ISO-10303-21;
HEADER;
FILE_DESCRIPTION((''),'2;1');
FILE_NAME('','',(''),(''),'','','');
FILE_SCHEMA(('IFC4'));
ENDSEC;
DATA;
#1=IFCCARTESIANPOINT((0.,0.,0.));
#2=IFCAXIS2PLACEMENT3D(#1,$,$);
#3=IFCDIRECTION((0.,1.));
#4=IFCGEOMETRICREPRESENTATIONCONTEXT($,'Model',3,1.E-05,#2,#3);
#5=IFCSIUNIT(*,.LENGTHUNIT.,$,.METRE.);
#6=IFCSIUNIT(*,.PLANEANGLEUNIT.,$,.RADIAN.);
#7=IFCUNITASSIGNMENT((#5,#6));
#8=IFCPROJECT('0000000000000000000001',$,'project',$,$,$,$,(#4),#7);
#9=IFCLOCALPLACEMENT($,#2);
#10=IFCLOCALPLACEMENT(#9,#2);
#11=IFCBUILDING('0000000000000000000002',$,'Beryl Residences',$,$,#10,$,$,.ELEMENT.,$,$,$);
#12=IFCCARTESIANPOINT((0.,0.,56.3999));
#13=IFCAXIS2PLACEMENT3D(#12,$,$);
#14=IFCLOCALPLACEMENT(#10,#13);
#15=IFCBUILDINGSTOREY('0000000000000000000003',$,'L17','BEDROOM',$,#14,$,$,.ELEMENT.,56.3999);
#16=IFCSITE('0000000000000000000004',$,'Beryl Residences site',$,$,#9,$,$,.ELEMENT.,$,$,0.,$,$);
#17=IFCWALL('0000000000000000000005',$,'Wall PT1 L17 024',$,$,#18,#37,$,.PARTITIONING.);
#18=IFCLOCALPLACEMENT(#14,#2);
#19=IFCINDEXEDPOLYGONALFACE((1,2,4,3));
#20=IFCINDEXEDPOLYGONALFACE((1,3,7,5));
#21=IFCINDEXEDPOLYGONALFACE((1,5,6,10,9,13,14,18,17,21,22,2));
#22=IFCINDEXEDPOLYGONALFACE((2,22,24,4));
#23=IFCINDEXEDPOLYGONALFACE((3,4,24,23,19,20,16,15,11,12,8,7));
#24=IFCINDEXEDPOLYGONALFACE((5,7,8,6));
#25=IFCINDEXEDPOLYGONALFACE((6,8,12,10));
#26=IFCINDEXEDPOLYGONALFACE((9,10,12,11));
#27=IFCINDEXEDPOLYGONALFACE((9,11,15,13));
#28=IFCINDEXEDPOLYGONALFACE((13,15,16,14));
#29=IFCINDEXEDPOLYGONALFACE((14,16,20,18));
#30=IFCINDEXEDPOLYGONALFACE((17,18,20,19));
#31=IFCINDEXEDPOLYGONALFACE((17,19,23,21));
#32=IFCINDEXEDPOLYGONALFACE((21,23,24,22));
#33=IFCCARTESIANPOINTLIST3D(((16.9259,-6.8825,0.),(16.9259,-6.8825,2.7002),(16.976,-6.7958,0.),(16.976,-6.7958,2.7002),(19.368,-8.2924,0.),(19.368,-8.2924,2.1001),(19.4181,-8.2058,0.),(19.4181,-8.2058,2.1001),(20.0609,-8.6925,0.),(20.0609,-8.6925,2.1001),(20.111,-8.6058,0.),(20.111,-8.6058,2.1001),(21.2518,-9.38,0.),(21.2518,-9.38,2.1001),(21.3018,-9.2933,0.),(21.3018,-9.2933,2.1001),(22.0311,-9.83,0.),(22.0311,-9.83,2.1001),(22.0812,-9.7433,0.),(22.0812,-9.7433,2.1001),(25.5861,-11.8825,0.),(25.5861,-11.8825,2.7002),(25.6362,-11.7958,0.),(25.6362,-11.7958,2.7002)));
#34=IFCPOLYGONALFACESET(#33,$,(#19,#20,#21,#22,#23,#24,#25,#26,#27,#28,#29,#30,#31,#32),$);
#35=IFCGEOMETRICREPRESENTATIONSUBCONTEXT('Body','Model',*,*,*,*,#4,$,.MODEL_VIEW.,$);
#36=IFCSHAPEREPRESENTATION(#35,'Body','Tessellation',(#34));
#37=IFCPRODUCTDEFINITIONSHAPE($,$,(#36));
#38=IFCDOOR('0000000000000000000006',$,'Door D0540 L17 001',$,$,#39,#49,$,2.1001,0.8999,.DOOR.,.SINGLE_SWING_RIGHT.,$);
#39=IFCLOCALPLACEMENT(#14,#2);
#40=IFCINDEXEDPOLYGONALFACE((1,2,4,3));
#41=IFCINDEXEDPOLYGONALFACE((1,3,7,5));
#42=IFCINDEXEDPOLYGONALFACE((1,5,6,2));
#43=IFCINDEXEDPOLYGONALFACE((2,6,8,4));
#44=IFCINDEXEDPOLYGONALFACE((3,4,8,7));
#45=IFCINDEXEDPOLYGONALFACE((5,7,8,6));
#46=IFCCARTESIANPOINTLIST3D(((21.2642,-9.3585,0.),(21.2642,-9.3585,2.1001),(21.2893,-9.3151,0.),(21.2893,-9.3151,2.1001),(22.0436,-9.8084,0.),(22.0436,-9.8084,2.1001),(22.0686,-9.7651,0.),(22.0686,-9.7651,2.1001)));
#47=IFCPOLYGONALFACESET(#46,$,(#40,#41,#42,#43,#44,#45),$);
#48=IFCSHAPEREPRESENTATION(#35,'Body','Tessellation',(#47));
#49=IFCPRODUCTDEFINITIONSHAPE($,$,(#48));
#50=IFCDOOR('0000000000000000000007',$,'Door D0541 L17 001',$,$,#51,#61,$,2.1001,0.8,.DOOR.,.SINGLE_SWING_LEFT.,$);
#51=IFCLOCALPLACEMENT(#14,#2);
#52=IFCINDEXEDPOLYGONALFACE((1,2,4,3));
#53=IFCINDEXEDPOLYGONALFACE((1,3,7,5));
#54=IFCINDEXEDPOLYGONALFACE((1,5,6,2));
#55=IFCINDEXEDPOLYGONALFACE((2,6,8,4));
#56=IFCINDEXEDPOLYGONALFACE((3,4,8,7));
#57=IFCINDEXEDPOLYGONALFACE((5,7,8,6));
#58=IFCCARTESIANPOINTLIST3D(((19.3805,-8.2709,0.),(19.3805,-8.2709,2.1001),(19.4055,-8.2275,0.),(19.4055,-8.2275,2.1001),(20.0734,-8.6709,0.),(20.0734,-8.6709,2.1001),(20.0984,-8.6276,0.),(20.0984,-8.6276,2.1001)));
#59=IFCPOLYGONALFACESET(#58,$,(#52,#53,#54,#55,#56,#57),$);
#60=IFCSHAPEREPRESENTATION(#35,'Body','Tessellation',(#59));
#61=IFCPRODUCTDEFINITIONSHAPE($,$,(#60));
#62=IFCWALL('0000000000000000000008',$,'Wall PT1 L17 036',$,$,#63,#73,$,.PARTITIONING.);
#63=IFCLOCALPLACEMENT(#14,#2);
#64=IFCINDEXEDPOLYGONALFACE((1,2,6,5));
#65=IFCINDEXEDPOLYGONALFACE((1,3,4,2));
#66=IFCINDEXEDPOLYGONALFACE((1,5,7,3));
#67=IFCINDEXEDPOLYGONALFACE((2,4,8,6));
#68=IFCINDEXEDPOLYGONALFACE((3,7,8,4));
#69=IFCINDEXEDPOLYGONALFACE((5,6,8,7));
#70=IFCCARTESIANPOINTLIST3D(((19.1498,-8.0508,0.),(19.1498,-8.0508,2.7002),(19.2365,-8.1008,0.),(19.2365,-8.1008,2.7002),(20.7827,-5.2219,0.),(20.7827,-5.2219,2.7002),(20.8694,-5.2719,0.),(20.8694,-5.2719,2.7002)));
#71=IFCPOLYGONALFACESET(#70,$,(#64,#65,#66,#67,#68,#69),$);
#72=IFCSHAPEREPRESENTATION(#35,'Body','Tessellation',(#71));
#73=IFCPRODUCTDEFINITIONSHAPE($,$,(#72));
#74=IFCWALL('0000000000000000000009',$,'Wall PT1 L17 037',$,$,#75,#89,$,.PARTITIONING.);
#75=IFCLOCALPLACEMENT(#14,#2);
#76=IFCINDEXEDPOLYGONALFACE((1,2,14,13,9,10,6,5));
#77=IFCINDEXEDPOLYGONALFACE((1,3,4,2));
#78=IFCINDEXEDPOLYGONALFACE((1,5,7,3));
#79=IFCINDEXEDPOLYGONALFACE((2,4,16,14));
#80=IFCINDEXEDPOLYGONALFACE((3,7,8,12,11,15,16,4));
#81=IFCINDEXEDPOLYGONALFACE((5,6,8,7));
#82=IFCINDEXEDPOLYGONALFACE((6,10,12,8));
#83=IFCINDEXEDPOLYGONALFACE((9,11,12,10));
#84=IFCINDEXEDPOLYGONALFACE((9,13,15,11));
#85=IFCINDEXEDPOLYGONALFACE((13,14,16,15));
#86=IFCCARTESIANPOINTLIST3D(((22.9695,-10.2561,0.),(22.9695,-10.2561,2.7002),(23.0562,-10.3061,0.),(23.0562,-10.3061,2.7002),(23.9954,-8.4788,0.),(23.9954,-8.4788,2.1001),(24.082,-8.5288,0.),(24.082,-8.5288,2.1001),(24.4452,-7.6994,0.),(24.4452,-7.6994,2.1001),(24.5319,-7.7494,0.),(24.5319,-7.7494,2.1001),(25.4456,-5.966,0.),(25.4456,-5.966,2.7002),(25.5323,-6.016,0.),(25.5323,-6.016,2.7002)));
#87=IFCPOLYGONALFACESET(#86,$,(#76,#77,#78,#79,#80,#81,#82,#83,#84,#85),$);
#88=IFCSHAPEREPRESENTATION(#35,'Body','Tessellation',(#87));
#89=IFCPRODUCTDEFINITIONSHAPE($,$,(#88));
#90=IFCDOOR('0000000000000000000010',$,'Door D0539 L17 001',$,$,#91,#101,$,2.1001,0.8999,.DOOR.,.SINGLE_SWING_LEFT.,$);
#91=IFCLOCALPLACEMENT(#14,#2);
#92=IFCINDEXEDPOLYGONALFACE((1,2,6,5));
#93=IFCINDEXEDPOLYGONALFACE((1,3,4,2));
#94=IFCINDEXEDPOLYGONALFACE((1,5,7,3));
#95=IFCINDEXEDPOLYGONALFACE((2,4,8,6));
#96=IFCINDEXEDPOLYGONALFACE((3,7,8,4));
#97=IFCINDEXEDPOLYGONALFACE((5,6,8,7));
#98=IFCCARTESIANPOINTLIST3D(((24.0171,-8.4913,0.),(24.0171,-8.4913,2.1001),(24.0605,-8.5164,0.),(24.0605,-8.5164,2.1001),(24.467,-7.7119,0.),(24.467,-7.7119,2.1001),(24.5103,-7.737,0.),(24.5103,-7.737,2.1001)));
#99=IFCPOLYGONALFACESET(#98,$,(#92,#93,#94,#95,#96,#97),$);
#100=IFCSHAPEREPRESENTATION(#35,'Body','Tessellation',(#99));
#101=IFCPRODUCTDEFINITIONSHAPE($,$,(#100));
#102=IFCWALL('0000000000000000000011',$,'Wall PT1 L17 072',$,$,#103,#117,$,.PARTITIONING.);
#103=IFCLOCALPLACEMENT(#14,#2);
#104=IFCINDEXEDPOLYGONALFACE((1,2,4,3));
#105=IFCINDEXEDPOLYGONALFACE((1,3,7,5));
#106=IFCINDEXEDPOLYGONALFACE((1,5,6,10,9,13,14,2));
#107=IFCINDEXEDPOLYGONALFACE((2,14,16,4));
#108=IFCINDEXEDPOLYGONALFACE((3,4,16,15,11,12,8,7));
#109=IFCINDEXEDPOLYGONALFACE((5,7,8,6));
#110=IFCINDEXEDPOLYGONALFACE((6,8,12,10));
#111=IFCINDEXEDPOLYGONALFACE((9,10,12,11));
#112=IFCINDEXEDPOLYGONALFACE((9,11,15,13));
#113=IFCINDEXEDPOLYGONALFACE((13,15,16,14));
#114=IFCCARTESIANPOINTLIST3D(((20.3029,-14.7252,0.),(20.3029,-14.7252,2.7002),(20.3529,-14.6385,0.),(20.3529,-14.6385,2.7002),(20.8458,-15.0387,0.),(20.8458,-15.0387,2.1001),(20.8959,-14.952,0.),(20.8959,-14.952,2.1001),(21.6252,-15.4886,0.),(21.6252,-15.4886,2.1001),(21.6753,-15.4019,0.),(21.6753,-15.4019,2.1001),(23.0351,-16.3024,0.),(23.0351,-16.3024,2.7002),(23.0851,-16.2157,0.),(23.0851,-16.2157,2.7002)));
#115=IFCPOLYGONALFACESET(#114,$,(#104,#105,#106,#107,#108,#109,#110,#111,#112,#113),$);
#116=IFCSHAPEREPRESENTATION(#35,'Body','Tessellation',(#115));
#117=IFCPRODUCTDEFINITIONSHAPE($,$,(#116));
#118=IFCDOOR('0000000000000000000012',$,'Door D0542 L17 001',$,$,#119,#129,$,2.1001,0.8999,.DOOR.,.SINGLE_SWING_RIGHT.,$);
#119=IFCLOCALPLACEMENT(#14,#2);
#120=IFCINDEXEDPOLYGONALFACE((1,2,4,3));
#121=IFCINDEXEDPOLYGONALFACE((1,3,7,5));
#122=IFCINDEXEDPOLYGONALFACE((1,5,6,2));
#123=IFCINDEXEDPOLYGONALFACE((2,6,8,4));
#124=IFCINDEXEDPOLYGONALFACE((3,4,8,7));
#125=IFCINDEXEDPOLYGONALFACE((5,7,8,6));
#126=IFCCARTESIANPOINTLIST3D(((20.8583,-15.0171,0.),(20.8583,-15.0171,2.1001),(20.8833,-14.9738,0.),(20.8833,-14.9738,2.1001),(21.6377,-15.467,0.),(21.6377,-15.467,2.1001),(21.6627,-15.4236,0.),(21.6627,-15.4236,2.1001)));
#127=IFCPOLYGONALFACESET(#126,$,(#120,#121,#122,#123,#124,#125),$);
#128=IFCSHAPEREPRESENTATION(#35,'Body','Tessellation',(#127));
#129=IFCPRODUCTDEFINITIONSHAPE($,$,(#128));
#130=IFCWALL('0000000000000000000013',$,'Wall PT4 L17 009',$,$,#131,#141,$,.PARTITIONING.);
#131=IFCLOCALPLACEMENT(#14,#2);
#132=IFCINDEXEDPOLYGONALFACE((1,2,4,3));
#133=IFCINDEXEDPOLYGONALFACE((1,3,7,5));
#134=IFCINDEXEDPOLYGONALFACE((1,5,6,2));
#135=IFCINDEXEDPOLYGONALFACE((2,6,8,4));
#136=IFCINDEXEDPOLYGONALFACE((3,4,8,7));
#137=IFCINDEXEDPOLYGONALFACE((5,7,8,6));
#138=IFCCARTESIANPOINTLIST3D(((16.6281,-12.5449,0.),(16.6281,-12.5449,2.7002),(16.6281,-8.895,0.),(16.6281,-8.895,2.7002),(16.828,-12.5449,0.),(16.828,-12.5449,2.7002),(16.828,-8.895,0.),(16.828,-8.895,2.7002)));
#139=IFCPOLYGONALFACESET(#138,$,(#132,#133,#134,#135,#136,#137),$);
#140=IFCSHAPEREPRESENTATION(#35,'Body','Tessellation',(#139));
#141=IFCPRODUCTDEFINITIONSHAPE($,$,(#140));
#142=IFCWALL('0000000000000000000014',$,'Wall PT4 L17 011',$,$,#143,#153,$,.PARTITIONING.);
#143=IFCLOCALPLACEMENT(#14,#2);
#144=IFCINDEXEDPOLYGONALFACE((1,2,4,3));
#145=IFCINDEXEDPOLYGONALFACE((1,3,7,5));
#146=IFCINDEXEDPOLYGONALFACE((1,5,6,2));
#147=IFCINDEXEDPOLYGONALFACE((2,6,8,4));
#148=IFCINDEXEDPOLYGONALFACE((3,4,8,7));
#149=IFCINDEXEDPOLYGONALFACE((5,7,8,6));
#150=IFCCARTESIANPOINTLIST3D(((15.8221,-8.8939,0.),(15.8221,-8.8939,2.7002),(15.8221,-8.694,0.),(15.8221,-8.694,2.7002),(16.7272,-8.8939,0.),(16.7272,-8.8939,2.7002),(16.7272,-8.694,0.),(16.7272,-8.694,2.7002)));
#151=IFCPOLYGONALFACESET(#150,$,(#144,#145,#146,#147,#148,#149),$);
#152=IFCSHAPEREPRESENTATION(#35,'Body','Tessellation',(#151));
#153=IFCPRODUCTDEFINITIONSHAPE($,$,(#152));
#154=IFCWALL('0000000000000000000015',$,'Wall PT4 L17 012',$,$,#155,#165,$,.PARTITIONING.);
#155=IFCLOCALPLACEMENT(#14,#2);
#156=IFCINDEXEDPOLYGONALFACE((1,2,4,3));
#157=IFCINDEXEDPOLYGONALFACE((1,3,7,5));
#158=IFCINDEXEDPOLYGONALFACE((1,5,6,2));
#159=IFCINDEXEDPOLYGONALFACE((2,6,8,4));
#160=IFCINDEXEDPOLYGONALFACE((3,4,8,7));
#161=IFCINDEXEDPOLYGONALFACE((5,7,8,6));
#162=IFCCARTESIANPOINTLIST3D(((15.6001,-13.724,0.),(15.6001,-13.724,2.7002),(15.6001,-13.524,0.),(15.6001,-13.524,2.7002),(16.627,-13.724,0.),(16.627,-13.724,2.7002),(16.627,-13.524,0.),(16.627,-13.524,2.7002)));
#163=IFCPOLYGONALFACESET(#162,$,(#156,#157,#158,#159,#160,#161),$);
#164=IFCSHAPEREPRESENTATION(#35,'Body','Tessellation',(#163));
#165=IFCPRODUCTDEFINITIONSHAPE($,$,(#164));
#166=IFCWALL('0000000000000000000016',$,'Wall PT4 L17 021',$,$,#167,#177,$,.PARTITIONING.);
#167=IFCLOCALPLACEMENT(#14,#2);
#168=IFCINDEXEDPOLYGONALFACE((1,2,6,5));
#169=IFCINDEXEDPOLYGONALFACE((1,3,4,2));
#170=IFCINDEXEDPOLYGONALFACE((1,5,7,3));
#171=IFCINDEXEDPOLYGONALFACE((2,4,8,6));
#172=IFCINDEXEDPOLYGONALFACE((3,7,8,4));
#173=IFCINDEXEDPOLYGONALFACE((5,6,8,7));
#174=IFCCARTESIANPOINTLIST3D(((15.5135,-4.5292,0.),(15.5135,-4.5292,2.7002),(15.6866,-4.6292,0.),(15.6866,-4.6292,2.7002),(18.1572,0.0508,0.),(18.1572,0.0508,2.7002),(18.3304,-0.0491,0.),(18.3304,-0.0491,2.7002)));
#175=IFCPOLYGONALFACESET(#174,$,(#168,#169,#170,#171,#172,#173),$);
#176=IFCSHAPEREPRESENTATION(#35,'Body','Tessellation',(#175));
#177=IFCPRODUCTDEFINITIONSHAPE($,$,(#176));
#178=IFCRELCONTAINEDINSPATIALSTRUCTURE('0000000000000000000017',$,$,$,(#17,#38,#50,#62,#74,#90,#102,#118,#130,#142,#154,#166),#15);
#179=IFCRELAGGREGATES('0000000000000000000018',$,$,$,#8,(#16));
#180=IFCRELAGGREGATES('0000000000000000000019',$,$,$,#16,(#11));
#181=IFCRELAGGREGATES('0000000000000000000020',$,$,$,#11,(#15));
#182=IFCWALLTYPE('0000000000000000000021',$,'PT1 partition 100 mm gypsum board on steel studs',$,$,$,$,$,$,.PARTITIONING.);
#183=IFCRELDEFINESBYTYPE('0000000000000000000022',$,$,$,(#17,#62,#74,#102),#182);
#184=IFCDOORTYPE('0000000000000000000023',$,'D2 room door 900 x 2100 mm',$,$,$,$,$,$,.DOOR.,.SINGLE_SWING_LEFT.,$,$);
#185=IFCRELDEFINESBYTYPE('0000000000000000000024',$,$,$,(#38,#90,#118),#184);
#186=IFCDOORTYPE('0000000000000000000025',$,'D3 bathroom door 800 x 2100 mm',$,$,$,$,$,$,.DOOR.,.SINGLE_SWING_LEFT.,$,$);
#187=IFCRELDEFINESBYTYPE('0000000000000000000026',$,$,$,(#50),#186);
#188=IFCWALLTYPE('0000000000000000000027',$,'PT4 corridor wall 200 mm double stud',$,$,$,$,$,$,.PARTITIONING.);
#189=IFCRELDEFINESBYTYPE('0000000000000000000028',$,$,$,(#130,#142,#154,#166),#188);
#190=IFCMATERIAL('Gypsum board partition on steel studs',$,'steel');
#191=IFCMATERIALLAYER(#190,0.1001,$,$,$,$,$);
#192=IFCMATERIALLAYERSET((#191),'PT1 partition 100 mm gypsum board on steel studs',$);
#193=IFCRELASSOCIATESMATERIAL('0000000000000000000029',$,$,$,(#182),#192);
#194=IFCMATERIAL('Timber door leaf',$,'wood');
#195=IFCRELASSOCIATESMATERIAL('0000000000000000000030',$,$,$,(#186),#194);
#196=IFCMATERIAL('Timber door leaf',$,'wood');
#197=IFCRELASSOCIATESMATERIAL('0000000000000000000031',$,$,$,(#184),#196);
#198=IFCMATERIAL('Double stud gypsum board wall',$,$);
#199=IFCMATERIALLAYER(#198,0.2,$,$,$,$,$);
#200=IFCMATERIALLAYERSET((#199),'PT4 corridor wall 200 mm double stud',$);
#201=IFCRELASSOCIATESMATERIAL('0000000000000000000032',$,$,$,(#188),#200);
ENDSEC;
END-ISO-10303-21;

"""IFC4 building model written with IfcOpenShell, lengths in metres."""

from ifc_helpers import new_model, si_unit, direction, frame, frame_2d, origin, place, context, subcontext, project, spatial, rectangle, extrude, material, layer, layer_set, type_object, element, fill, save


model = new_model("IFC4")

# Units and contexts
model_context = context("Model", 3, precision=1e-05, world=origin(), true_north=direction((0.0, 1.0)))
body_context = subcontext(model_context, "Body", "Model", "MODEL_VIEW")
ifc_project = project(units=[si_unit("LENGTHUNIT", "METRE"), si_unit("PLANEANGLEUNIT", "RADIAN")], contexts=[model_context])

# Site, building, storey
site_placement = place(None, origin())
site = spatial("IfcSite", under=ifc_project, at=site_placement, Name="Beryl Residences site", CompositionType="ELEMENT", RefElevation=0.0)
building_placement = place(site_placement, origin())
building = spatial("IfcBuilding", under=site, at=building_placement, Name="Beryl Residences", CompositionType="ELEMENT")
storey_placement = place(building_placement, frame((0.0, 0.0, 56.3999)))
storey = spatial("IfcBuildingStorey", under=building, at=storey_placement, Name="L17", Description="BEDROOM", CompositionType="ELEMENT", Elevation=56.3999)

# Shared definitions
ifc_material_1 = material(Name="Gypsum board partition on steel studs", Category="steel")
ifc_layer_1 = layer(ifc_material_1, 0.1001)
ifc_layer_set_1 = layer_set([ifc_layer_1], Name="PT1 partition 100 mm gypsum board on steel studs")
wall_type_1 = type_object("IfcWallType", Name="PT1 partition 100 mm gypsum board on steel studs", PredefinedType="PARTITIONING", material=ifc_layer_set_1)

# Shared definitions
ifc_material_2 = material(Name="Timber door leaf", Category="wood")
door_type_1 = type_object("IfcDoorType", Name="D3 bathroom door 800 x 2100 mm", OperationType="SINGLE_SWING_LEFT", PredefinedType="DOOR", material=ifc_material_2)

# Wall, openings, doors
wall_1_placement = place(storey_placement, frame((16.9509, -6.8391, 0.0), z_axis=(0.0, 0.0, 1.0), x_axis=(0.866023, -0.500004, 0.0)))
wall_1 = element("IfcWall", 1, at=wall_1_placement, inside=storey, type_object=wall_type_1, Name="Wall PT1 L17 024", PredefinedType="PARTITIONING", context=body_context, shape_type="SweptSolid", body=[
    extrude(rectangle(XDim=10.0, YDim=0.1001, at=frame_2d((5.0, 0.0))), origin(), (0.0, 0.0, 1.0), 2.7002),
])
opening_1_placement = place(wall_1_placement, frame((4.9951, 0.0, 0.0)))
opening_1 = element("IfcOpeningElement", 2, at=opening_1_placement, cuts=wall_1, PredefinedType="OPENING", context=body_context, shape_type="SweptSolid", body=[
    extrude(rectangle(XDim=0.8999, YDim=2.1001, at=frame_2d((0.45, 1.05))), frame((0.0, 0.0601, 0.0), z_axis=(0.0, -1.0, 0.0), x_axis=(1.0, 0.0, 0.0)), (0.0, 0.0, 1.0), 0.1201),
])
opening_2_placement = place(wall_1_placement, frame((2.8201, 0.0, 0.0)))
opening_2 = element("IfcOpeningElement", 3, at=opening_2_placement, cuts=wall_1, PredefinedType="OPENING", context=body_context, shape_type="SweptSolid", body=[
    extrude(rectangle(XDim=0.8, YDim=2.1001, at=frame_2d((0.3999, 1.05))), frame((0.0, 0.0601, 0.0), z_axis=(0.0, -1.0, 0.0), x_axis=(1.0, 0.0, 0.0)), (0.0, 0.0, 1.0), 0.1201),
])
ifc_material_3 = material(Name="Timber door leaf", Category="wood")
door_type_2 = type_object("IfcDoorType", Name="D2 room door 900 x 2100 mm", OperationType="SINGLE_SWING_LEFT", PredefinedType="DOOR", material=ifc_material_3)
door_1_placement = place(opening_1_placement, origin())
door_1 = element("IfcDoor", 4, at=door_1_placement, inside=storey, type_object=door_type_2, Name="Door D0540 L17 001", OperationType="SINGLE_SWING_RIGHT", OverallHeight=2.1001, OverallWidth=0.8999, PredefinedType="DOOR", context=body_context, shape_type="SweptSolid", body=[
    extrude(rectangle(XDim=0.8999, YDim=2.1001, at=frame_2d((0.45, 1.05))), frame((0.0, 0.0249, 0.0), z_axis=(0.0, -1.0, 0.0), x_axis=(1.0, 0.0, 0.0)), (0.0, 0.0, 1.0), 0.05),
])
fill(opening_1, door_1)
door_2_placement = place(opening_2_placement, origin())
door_2 = element("IfcDoor", 5, at=door_2_placement, inside=storey, type_object=door_type_1, Name="Door D0541 L17 001", OperationType="SINGLE_SWING_LEFT", OverallHeight=2.1001, OverallWidth=0.8, PredefinedType="DOOR", context=body_context, shape_type="SweptSolid", body=[
    extrude(rectangle(XDim=0.8, YDim=2.1001, at=frame_2d((0.3999, 1.05))), frame((0.0, 0.0249, 0.0), z_axis=(0.0, -1.0, 0.0), x_axis=(1.0, 0.0, 0.0)), (0.0, 0.0, 1.0), 0.05),
])
fill(opening_2, door_2)

# Wall
wall_2_placement = place(storey_placement, frame((19.1931, -8.0759, 0.0), z_axis=(0.0, 0.0, 1.0), x_axis=(0.499901, 0.866082, 0.0)))
element("IfcWall", 6, at=wall_2_placement, inside=storey, type_object=wall_type_1, Name="Wall PT1 L17 036", PredefinedType="PARTITIONING", context=body_context, shape_type="SweptSolid", body=[
    extrude(rectangle(XDim=3.2664, YDim=0.1001, at=frame_2d((1.6333, 0.0))), origin(), (0.0, 0.0, 1.0), 2.7002),
])

# Walls, openings, doors
wall_3_placement = place(storey_placement, frame((23.0129, -10.281, 0.0), z_axis=(0.0, 0.0, 1.0), x_axis=(0.499882, 0.866094, 0.0)))
wall_3 = element("IfcWall", 7, at=wall_3_placement, inside=storey, type_object=wall_type_1, Name="Wall PT1 L17 037", PredefinedType="PARTITIONING", context=body_context, shape_type="SweptSolid", body=[
    extrude(rectangle(XDim=4.9534, YDim=0.1001, at=frame_2d((2.4766, 0.0))), origin(), (0.0, 0.0, 1.0), 2.7002),
])
opening_3_placement = place(wall_3_placement, frame((2.052, 0.0, 0.0)))
opening_3 = element("IfcOpeningElement", 8, at=opening_3_placement, cuts=wall_3, PredefinedType="OPENING", context=body_context, shape_type="SweptSolid", body=[
    extrude(rectangle(XDim=0.8999, YDim=2.1001, at=frame_2d((0.45, 1.05))), frame((0.0, 0.0601, 0.0), z_axis=(0.0, -1.0, 0.0), x_axis=(1.0, 0.0, 0.0)), (0.0, 0.0, 1.0), 0.1201),
])
door_3_placement = place(opening_3_placement, origin())
door_3 = element("IfcDoor", 9, at=door_3_placement, inside=storey, type_object=door_type_2, Name="Door D0539 L17 001", OperationType="SINGLE_SWING_LEFT", OverallHeight=2.1001, OverallWidth=0.8999, PredefinedType="DOOR", context=body_context, shape_type="SweptSolid", body=[
    extrude(rectangle(XDim=0.8999, YDim=2.1001, at=frame_2d((0.45, 1.05))), frame((0.0, 0.0249, 0.0), z_axis=(0.0, -1.0, 0.0), x_axis=(1.0, 0.0, 0.0)), (0.0, 0.0, 1.0), 0.05),
])
fill(opening_3, door_3)
wall_4_placement = place(storey_placement, frame((20.3279, -14.6819, 0.0), z_axis=(0.0, 0.0, 1.0), x_axis=(0.866063, -0.499935, 0.0)))
wall_4 = element("IfcWall", 10, at=wall_4_placement, inside=storey, type_object=wall_type_1, Name="Wall PT1 L17 072", PredefinedType="PARTITIONING", context=body_context, shape_type="SweptSolid", body=[
    extrude(rectangle(XDim=3.1548, YDim=0.1001, at=frame_2d((1.5774, 0.0))), origin(), (0.0, 0.0, 1.0), 2.7002),
])
opening_4_placement = place(wall_4_placement, frame((0.627, 0.0, 0.0)))
opening_4 = element("IfcOpeningElement", 11, at=opening_4_placement, cuts=wall_4, PredefinedType="OPENING", context=body_context, shape_type="SweptSolid", body=[
    extrude(rectangle(XDim=0.8999, YDim=2.1001, at=frame_2d((0.45, 1.05))), frame((0.0, 0.0601, 0.0), z_axis=(0.0, -1.0, 0.0), x_axis=(1.0, 0.0, 0.0)), (0.0, 0.0, 1.0), 0.1201),
])
door_4_placement = place(opening_4_placement, origin())
door_4 = element("IfcDoor", 12, at=door_4_placement, inside=storey, type_object=door_type_2, Name="Door D0542 L17 001", OperationType="SINGLE_SWING_RIGHT", OverallHeight=2.1001, OverallWidth=0.8999, PredefinedType="DOOR", context=body_context, shape_type="SweptSolid", body=[
    extrude(rectangle(XDim=0.8999, YDim=2.1001, at=frame_2d((0.45, 1.05))), frame((0.0, 0.0249, 0.0), z_axis=(0.0, -1.0, 0.0), x_axis=(1.0, 0.0, 0.0)), (0.0, 0.0, 1.0), 0.05),
])
fill(opening_4, door_4)

# Walls
ifc_material_4 = material(Name="Double stud gypsum board wall")
ifc_layer_2 = layer(ifc_material_4, 0.2)
ifc_layer_set_2 = layer_set([ifc_layer_2], Name="PT4 corridor wall 200 mm double stud")
wall_type_2 = type_object("IfcWallType", Name="PT4 corridor wall 200 mm double stud", PredefinedType="PARTITIONING", material=ifc_layer_set_2)
wall_5_placement = place(storey_placement, frame((16.728, -8.895, 0.0), z_axis=(0.0, 0.0, 1.0), x_axis=(0.0, -1.0, 0.0)))
element("IfcWall", 13, at=wall_5_placement, inside=storey, type_object=wall_type_2, Name="Wall PT4 L17 009", PredefinedType="PARTITIONING", context=body_context, shape_type="SweptSolid", body=[
    extrude(rectangle(XDim=3.6499, YDim=0.2, at=frame_2d((1.825, 0.0))), origin(), (0.0, 0.0, 1.0), 2.7002),
])
wall_6_placement = place(storey_placement, frame((15.822, -8.7939, 0.0), z_axis=(0.0, 0.0, 1.0), x_axis=(1.0, 0.0, 0.0)))
element("IfcWall", 14, at=wall_6_placement, inside=storey, type_object=wall_type_2, Name="Wall PT4 L17 011", PredefinedType="PARTITIONING", context=body_context, shape_type="SweptSolid", body=[
    extrude(rectangle(XDim=0.905, YDim=0.2, at=frame_2d((0.4526, 0.0))), origin(), (0.0, 0.0, 1.0), 2.7002),
])
wall_7_placement = place(storey_placement, frame((15.6001, -13.624, 0.0), z_axis=(0.0, 0.0, 1.0), x_axis=(1.0, 0.0, 0.0)))
element("IfcWall", 15, at=wall_7_placement, inside=storey, type_object=wall_type_2, Name="Wall PT4 L17 012", PredefinedType="PARTITIONING", context=body_context, shape_type="SweptSolid", body=[
    extrude(rectangle(XDim=1.0269, YDim=0.2, at=frame_2d((0.5134, 0.0))), origin(), (0.0, 0.0, 1.0), 2.7002),
])
wall_8_placement = place(storey_placement, frame((15.6001, -4.5791, 0.0), z_axis=(0.0, 0.0, 1.0), x_axis=(0.499928, 0.866067, 0.0)))
element("IfcWall", 16, at=wall_8_placement, inside=storey, type_object=wall_type_2, Name="Wall PT4 L17 021", PredefinedType="PARTITIONING", context=body_context, shape_type="SweptSolid", body=[
    extrude(rectangle(XDim=5.2883, YDim=0.2, at=frame_2d((2.644, 0.0))), origin(), (0.0, 0.0, 1.0), 2.7002),
])

save(model, "model.ifc")
